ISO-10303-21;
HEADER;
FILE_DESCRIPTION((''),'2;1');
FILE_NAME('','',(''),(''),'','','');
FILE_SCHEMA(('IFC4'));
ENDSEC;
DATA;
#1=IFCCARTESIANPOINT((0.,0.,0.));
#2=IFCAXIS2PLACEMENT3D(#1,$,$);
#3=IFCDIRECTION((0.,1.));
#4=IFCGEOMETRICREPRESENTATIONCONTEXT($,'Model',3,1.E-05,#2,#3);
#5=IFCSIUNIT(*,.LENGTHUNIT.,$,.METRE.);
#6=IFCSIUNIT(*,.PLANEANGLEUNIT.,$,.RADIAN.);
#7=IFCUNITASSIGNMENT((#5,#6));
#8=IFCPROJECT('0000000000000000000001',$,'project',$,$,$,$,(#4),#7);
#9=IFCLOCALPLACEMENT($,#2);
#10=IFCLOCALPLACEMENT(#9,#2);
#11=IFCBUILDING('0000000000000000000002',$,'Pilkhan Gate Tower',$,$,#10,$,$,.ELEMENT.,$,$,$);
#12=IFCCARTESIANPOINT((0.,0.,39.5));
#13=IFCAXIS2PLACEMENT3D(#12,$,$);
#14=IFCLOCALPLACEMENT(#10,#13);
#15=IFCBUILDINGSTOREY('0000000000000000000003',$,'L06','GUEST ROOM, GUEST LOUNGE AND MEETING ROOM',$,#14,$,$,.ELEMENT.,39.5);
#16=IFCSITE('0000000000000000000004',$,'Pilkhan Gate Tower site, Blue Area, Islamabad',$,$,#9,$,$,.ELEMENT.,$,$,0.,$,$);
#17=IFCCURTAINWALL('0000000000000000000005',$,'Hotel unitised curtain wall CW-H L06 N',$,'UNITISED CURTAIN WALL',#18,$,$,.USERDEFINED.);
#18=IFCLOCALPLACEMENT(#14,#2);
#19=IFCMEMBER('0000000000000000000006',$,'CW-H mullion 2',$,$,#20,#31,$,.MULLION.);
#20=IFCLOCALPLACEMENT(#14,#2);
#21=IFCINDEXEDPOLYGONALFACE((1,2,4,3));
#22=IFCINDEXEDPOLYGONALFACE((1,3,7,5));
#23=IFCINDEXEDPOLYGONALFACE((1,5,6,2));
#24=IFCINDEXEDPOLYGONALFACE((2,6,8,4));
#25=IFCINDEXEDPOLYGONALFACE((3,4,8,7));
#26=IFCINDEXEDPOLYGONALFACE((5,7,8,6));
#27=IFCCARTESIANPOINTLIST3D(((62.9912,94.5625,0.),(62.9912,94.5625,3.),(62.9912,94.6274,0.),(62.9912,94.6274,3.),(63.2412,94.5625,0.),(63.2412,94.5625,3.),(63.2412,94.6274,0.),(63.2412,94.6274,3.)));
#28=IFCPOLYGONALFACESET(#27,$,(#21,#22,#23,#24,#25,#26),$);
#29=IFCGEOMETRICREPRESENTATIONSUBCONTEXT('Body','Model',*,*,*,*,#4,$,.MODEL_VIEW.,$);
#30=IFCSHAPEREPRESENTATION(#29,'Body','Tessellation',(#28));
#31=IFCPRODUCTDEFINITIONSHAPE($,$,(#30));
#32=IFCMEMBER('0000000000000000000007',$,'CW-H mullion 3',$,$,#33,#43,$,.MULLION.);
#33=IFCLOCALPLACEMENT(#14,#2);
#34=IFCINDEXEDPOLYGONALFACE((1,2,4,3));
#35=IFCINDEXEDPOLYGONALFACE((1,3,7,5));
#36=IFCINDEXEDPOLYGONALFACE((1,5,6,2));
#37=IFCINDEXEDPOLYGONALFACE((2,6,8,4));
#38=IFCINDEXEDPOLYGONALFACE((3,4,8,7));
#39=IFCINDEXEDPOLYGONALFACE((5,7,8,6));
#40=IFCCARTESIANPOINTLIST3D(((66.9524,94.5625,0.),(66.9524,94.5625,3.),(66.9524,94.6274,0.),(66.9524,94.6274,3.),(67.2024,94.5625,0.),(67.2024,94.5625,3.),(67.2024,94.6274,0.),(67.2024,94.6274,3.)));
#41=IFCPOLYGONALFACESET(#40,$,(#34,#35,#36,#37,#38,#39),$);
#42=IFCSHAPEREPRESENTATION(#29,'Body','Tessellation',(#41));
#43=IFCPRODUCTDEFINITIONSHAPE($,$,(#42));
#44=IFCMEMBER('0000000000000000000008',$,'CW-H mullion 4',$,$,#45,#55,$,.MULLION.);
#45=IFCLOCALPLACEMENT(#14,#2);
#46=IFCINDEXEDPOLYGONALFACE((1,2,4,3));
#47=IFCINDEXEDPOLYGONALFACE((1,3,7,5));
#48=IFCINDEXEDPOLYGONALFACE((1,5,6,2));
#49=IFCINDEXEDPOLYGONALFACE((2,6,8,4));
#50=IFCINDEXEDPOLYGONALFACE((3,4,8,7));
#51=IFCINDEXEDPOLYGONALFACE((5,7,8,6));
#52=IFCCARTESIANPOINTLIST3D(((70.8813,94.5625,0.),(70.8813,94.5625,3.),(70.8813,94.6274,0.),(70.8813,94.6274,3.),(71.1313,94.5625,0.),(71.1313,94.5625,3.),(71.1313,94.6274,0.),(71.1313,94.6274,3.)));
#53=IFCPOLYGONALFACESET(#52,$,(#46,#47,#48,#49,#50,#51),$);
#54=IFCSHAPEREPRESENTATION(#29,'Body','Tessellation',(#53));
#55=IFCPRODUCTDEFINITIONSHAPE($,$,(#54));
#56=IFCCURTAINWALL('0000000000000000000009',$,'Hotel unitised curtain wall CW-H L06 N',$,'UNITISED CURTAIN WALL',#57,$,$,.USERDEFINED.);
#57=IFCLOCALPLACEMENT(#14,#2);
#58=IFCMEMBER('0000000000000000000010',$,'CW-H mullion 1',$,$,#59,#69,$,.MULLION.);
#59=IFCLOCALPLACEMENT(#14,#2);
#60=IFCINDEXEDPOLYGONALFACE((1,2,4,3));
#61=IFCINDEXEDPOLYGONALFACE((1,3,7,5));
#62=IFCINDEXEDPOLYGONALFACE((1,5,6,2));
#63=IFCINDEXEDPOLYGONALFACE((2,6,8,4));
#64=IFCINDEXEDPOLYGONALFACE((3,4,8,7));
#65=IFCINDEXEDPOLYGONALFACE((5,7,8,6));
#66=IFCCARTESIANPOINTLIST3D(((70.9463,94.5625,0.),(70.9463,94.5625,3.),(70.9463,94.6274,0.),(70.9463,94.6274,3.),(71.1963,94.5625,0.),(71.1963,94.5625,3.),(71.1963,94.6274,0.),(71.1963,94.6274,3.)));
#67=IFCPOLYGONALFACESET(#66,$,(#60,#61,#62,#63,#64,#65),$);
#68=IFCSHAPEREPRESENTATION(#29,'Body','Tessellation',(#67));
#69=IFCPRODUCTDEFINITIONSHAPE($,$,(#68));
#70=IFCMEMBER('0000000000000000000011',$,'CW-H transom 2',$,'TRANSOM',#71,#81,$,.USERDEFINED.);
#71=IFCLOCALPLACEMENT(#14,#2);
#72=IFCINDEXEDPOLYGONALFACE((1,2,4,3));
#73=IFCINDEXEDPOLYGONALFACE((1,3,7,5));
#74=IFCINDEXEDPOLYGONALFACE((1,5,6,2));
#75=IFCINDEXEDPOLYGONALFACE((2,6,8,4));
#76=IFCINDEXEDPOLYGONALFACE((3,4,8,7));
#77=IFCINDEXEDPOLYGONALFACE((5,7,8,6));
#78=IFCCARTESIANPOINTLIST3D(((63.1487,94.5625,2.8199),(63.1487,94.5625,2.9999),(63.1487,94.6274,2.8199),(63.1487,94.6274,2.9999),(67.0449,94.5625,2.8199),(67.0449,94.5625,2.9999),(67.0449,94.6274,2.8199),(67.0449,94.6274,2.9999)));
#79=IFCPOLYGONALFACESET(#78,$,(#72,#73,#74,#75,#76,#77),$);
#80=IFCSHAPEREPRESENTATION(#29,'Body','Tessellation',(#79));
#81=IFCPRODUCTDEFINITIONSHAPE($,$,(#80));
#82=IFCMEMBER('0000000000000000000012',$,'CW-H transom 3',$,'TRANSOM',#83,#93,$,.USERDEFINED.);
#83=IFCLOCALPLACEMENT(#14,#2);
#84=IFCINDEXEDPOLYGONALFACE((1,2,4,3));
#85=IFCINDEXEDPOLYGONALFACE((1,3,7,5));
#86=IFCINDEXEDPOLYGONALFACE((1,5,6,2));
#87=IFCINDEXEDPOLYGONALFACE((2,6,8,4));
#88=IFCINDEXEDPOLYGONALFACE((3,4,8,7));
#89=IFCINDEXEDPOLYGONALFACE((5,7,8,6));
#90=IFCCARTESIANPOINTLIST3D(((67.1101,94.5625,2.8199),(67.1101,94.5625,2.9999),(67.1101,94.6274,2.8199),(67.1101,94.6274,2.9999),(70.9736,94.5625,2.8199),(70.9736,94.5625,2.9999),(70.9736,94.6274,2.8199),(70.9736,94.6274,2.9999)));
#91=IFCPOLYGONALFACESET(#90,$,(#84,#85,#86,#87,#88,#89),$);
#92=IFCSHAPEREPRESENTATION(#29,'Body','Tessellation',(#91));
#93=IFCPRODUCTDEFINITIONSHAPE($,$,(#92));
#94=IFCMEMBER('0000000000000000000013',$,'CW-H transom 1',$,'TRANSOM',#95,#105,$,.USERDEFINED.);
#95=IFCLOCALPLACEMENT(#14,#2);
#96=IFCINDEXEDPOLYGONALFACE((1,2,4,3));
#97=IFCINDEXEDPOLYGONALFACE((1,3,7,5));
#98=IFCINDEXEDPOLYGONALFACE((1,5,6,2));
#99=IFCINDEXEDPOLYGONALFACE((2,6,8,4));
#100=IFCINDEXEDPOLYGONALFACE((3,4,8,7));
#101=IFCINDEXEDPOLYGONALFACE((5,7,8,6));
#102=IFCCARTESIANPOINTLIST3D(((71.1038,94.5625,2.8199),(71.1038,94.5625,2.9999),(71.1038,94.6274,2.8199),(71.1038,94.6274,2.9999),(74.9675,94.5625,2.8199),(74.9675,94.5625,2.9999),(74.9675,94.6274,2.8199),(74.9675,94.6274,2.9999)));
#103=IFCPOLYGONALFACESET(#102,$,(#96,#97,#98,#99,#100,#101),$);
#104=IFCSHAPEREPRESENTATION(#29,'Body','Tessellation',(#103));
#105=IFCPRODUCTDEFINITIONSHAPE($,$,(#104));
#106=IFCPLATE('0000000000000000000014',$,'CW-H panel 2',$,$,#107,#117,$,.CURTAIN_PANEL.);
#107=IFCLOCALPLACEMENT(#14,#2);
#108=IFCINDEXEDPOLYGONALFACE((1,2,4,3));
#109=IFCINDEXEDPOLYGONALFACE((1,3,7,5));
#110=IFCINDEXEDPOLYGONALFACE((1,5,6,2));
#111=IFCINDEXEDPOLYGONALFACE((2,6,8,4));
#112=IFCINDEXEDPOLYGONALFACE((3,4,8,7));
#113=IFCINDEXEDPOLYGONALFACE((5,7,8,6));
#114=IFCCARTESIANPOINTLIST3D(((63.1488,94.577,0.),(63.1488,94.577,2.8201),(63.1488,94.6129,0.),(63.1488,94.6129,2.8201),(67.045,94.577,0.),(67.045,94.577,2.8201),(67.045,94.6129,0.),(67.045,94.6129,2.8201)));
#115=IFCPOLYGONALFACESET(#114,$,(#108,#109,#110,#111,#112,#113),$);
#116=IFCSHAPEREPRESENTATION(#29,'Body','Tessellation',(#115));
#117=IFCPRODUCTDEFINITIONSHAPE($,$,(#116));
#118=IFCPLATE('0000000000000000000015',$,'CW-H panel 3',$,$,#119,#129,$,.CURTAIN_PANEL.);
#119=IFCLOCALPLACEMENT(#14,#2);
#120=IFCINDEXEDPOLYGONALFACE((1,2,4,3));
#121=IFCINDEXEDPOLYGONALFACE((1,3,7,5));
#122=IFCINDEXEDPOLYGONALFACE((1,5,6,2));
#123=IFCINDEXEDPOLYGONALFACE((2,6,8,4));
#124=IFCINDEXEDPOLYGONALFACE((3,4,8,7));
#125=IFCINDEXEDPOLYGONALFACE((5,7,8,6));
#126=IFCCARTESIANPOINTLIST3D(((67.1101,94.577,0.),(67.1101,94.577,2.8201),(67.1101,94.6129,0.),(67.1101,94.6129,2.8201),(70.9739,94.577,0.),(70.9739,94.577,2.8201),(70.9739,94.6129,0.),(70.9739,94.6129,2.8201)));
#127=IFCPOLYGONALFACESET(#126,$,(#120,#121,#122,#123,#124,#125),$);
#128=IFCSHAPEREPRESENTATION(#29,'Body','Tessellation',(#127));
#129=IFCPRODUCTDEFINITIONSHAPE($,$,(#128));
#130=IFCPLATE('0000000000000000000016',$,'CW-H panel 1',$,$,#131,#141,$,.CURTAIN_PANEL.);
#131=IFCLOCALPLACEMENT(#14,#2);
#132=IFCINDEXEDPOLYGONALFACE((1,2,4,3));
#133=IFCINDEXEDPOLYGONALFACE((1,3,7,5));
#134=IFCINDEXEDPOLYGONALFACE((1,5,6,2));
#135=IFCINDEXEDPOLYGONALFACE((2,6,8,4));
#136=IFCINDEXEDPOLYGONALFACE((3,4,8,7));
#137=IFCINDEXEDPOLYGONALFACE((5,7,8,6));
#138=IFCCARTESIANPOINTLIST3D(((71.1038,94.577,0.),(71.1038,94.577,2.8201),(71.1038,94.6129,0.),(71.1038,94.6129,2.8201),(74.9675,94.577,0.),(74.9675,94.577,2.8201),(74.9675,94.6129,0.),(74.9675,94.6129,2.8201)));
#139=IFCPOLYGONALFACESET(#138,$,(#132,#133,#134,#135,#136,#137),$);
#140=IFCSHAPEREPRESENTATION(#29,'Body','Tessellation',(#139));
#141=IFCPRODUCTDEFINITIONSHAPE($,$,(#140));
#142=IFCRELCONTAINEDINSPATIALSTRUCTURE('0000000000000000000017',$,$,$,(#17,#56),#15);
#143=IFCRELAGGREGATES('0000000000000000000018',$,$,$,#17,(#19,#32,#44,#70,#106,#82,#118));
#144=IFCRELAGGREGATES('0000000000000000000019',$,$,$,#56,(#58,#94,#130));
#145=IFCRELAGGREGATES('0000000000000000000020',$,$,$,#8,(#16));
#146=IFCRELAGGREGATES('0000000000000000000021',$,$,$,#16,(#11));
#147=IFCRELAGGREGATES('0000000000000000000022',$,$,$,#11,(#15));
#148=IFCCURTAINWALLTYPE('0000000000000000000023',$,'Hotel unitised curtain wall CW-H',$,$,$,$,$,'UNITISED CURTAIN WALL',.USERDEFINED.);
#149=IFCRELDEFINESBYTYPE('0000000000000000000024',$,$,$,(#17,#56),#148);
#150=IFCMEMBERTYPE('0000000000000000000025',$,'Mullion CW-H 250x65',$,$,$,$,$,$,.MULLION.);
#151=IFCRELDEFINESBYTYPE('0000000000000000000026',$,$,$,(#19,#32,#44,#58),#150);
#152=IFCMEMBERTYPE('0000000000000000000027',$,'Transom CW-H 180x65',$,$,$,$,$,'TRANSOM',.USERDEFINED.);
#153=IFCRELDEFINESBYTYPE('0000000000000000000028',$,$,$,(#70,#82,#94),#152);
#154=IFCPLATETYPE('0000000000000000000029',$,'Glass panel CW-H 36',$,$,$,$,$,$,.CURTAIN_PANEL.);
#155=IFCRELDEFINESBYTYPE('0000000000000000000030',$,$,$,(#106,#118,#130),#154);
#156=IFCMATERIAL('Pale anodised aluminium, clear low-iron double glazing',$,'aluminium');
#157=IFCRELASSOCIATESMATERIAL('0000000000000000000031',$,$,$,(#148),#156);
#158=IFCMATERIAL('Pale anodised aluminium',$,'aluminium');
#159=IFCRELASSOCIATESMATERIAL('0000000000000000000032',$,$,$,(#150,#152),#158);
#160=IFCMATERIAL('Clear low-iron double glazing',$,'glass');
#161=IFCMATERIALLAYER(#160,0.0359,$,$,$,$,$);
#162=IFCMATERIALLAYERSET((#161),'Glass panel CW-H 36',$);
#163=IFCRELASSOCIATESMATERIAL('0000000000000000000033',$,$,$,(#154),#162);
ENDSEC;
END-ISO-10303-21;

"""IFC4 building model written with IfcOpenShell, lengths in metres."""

from ifc_helpers import new_model, si_unit, direction, frame, origin, origin_2d, place, context, subcontext, project, spatial, rectangle, extrude, material, layer, layer_set, material_profile, profile_set, type_object, element, aggregate, save


model = new_model("IFC4")

# Units and contexts
model_context = context("Model", 3, precision=1e-05, world=origin(), true_north=direction((0.0, 1.0)))
body_context = subcontext(model_context, "Body", "Model", "MODEL_VIEW")
ifc_project = project(units=[si_unit("LENGTHUNIT", "METRE"), si_unit("PLANEANGLEUNIT", "RADIAN")], contexts=[model_context])

# Site, building, storey
site_placement = place(None, origin())
site = spatial("IfcSite", under=ifc_project, at=site_placement, Name="Pilkhan Gate Tower site, Blue Area, Islamabad", CompositionType="ELEMENT", RefElevation=0.0)
building_placement = place(site_placement, origin())
building = spatial("IfcBuilding", under=site, at=building_placement, Name="Pilkhan Gate Tower", CompositionType="ELEMENT")
storey_placement = place(building_placement, frame((0.0, 0.0, 39.5)))
storey = spatial("IfcBuildingStorey", under=building, at=storey_placement, Name="L06", Description="GUEST ROOM, GUEST LOUNGE AND MEETING ROOM", CompositionType="ELEMENT", Elevation=39.5)

# Curtain wall, members
ifc_material_1 = material(Name="Pale anodised aluminium, clear low-iron double glazing", Category="aluminium")
curtain_wall_type = type_object("IfcCurtainWallType", Name="Hotel unitised curtain wall CW-H", ElementType="UNITISED CURTAIN WALL", PredefinedType="USERDEFINED", material=ifc_material_1)
curtain_wall_1_placement = place(storey_placement, origin())
curtain_wall_1 = element("IfcCurtainWall", 1, at=curtain_wall_1_placement, inside=storey, type_object=curtain_wall_type, Name="Hotel unitised curtain wall CW-H L06 N", ObjectType="UNITISED CURTAIN WALL", PredefinedType="USERDEFINED")
ifc_material_2 = material(Name="Pale anodised aluminium", Category="aluminium")
ifc_material_profile_1 = material_profile(ifc_material_2, rectangle(XDim=0.0649, YDim=0.25, at=origin_2d()), Name="Mullion 250x65")
ifc_profile_set_1 = profile_set([ifc_material_profile_1], Name="Pale anodised aluminium")
member_type_1 = type_object("IfcMemberType", Name="Mullion CW-H 250x65", PredefinedType="MULLION", material=ifc_profile_set_1)
member_1_placement = place(storey_placement, frame((63.1162, 94.595, 0.0), z_axis=(0.0, 0.0, 1.0), x_axis=(0.0, 1.0, 0.0)))
member_1 = element("IfcMember", 2, at=member_1_placement, type_object=member_type_1, Name="CW-H mullion 2", PredefinedType="MULLION", context=body_context, shape_type="SweptSolid", body=[
    extrude(rectangle(XDim=0.0649, YDim=0.25, at=origin_2d()), origin(), (0.0, 0.0, 1.0), 3.0),
])
member_2_placement = place(storey_placement, frame((67.0774, 94.595, 0.0), z_axis=(0.0, 0.0, 1.0), x_axis=(0.0, 1.0, 0.0)))
member_2 = element("IfcMember", 3, at=member_2_placement, type_object=member_type_1, Name="CW-H mullion 3", PredefinedType="MULLION", context=body_context, shape_type="SweptSolid", body=[
    extrude(rectangle(XDim=0.0649, YDim=0.25, at=origin_2d()), origin(), (0.0, 0.0, 1.0), 3.0),
])
member_3_placement = place(storey_placement, frame((71.0063, 94.595, 0.0), z_axis=(0.0, 0.0, 1.0), x_axis=(0.0, 1.0, 0.0)))
member_3 = element("IfcMember", 4, at=member_3_placement, type_object=member_type_1, Name="CW-H mullion 4", PredefinedType="MULLION", context=body_context, shape_type="SweptSolid", body=[
    extrude(rectangle(XDim=0.0649, YDim=0.25, at=origin_2d()), origin(), (0.0, 0.0, 1.0), 3.0),
])

# Curtain wall, member
curtain_wall_2_placement = place(storey_placement, origin())
curtain_wall_2 = element("IfcCurtainWall", 5, at=curtain_wall_2_placement, inside=storey, type_object=curtain_wall_type, Name="Hotel unitised curtain wall CW-H L06 N", ObjectType="UNITISED CURTAIN WALL", PredefinedType="USERDEFINED")
member_4_placement = place(storey_placement, frame((71.0713, 94.595, 0.0), z_axis=(0.0, 0.0, 1.0), x_axis=(0.0, 1.0, 0.0)))
member_4 = element("IfcMember", 6, at=member_4_placement, type_object=member_type_1, Name="CW-H mullion 1", PredefinedType="MULLION", context=body_context, shape_type="SweptSolid", body=[
    extrude(rectangle(XDim=0.0649, YDim=0.25, at=origin_2d()), origin(), (0.0, 0.0, 1.0), 3.0),
])

# Members
ifc_material_profile_2 = material_profile(ifc_material_2, rectangle(XDim=0.0649, YDim=0.1799, at=origin_2d()), Name="Transom 180x65")
ifc_profile_set_2 = profile_set([ifc_material_profile_2], Name="Pale anodised aluminium")
member_type_2 = type_object("IfcMemberType", Name="Transom CW-H 180x65", ElementType="TRANSOM", PredefinedType="USERDEFINED", material=ifc_profile_set_2)
member_5_placement = place(storey_placement, frame((63.1487, 94.595, 2.9099), z_axis=(1.0, 0.0, 0.0), x_axis=(0.0, 1.0, 0.0)))
member_5 = element("IfcMember", 7, at=member_5_placement, type_object=member_type_2, Name="CW-H transom 2", ObjectType="TRANSOM", PredefinedType="USERDEFINED", context=body_context, shape_type="SweptSolid", body=[
    extrude(rectangle(XDim=0.0649, YDim=0.1799, at=origin_2d()), origin(), (0.0, 0.0, 1.0), 3.8962),
])
member_6_placement = place(storey_placement, frame((67.1101, 94.595, 2.9099), z_axis=(1.0, 0.0, 0.0), x_axis=(0.0, 1.0, 0.0)))
member_6 = element("IfcMember", 8, at=member_6_placement, type_object=member_type_2, Name="CW-H transom 3", ObjectType="TRANSOM", PredefinedType="USERDEFINED", context=body_context, shape_type="SweptSolid", body=[
    extrude(rectangle(XDim=0.0649, YDim=0.1799, at=origin_2d()), origin(), (0.0, 0.0, 1.0), 3.8635),
])
member_7_placement = place(storey_placement, frame((71.1038, 94.595, 2.9099), z_axis=(1.0, 0.0, 0.0), x_axis=(0.0, 1.0, 0.0)))
member_7 = element("IfcMember", 9, at=member_7_placement, type_object=member_type_2, Name="CW-H transom 1", ObjectType="TRANSOM", PredefinedType="USERDEFINED", context=body_context, shape_type="SweptSolid", body=[
    extrude(rectangle(XDim=0.0649, YDim=0.1799, at=origin_2d()), origin(), (0.0, 0.0, 1.0), 3.8638),
])

# Plates
ifc_material_3 = material(Name="Clear low-iron double glazing", Category="glass")
ifc_layer_1 = layer(ifc_material_3, 0.0359)
ifc_layer_set_1 = layer_set([ifc_layer_1], Name="Glass panel CW-H 36")
plate_type = type_object("IfcPlateType", Name="Glass panel CW-H 36", PredefinedType="CURTAIN_PANEL", material=ifc_layer_set_1)
plate_1_placement = place(storey_placement, frame((65.0969, 94.595, 0.0), z_axis=(0.0, 0.0, 1.0), x_axis=(1.0, 0.0, 0.0)))
plate_1 = element("IfcPlate", 10, at=plate_1_placement, type_object=plate_type, Name="CW-H panel 2", PredefinedType="CURTAIN_PANEL", context=body_context, shape_type="SweptSolid", body=[
    extrude(rectangle(XDim=3.8962, YDim=0.0359, at=origin_2d()), origin(), (0.0, 0.0, 1.0), 2.8201),
])
plate_2_placement = place(storey_placement, frame((69.042, 94.595, 0.0), z_axis=(0.0, 0.0, 1.0), x_axis=(1.0, 0.0, 0.0)))
plate_2 = element("IfcPlate", 11, at=plate_2_placement, type_object=plate_type, Name="CW-H panel 3", PredefinedType="CURTAIN_PANEL", context=body_context, shape_type="SweptSolid", body=[
    extrude(rectangle(XDim=3.8638, YDim=0.0359, at=origin_2d()), origin(), (0.0, 0.0, 1.0), 2.8201),
])
aggregate(curtain_wall_1, [member_1, member_2, member_3, member_5, plate_1, member_6, plate_2])
plate_3_placement = place(storey_placement, frame((73.0356, 94.595, 0.0), z_axis=(0.0, 0.0, 1.0), x_axis=(1.0, 0.0, 0.0)))
plate_3 = element("IfcPlate", 12, at=plate_3_placement, type_object=plate_type, Name="CW-H panel 1", PredefinedType="CURTAIN_PANEL", context=body_context, shape_type="SweptSolid", body=[
    extrude(rectangle(XDim=3.8638, YDim=0.0359, at=origin_2d()), origin(), (0.0, 0.0, 1.0), 2.8201),
])
aggregate(curtain_wall_2, [member_4, member_7, plate_3])

save(model, "model.ifc")
